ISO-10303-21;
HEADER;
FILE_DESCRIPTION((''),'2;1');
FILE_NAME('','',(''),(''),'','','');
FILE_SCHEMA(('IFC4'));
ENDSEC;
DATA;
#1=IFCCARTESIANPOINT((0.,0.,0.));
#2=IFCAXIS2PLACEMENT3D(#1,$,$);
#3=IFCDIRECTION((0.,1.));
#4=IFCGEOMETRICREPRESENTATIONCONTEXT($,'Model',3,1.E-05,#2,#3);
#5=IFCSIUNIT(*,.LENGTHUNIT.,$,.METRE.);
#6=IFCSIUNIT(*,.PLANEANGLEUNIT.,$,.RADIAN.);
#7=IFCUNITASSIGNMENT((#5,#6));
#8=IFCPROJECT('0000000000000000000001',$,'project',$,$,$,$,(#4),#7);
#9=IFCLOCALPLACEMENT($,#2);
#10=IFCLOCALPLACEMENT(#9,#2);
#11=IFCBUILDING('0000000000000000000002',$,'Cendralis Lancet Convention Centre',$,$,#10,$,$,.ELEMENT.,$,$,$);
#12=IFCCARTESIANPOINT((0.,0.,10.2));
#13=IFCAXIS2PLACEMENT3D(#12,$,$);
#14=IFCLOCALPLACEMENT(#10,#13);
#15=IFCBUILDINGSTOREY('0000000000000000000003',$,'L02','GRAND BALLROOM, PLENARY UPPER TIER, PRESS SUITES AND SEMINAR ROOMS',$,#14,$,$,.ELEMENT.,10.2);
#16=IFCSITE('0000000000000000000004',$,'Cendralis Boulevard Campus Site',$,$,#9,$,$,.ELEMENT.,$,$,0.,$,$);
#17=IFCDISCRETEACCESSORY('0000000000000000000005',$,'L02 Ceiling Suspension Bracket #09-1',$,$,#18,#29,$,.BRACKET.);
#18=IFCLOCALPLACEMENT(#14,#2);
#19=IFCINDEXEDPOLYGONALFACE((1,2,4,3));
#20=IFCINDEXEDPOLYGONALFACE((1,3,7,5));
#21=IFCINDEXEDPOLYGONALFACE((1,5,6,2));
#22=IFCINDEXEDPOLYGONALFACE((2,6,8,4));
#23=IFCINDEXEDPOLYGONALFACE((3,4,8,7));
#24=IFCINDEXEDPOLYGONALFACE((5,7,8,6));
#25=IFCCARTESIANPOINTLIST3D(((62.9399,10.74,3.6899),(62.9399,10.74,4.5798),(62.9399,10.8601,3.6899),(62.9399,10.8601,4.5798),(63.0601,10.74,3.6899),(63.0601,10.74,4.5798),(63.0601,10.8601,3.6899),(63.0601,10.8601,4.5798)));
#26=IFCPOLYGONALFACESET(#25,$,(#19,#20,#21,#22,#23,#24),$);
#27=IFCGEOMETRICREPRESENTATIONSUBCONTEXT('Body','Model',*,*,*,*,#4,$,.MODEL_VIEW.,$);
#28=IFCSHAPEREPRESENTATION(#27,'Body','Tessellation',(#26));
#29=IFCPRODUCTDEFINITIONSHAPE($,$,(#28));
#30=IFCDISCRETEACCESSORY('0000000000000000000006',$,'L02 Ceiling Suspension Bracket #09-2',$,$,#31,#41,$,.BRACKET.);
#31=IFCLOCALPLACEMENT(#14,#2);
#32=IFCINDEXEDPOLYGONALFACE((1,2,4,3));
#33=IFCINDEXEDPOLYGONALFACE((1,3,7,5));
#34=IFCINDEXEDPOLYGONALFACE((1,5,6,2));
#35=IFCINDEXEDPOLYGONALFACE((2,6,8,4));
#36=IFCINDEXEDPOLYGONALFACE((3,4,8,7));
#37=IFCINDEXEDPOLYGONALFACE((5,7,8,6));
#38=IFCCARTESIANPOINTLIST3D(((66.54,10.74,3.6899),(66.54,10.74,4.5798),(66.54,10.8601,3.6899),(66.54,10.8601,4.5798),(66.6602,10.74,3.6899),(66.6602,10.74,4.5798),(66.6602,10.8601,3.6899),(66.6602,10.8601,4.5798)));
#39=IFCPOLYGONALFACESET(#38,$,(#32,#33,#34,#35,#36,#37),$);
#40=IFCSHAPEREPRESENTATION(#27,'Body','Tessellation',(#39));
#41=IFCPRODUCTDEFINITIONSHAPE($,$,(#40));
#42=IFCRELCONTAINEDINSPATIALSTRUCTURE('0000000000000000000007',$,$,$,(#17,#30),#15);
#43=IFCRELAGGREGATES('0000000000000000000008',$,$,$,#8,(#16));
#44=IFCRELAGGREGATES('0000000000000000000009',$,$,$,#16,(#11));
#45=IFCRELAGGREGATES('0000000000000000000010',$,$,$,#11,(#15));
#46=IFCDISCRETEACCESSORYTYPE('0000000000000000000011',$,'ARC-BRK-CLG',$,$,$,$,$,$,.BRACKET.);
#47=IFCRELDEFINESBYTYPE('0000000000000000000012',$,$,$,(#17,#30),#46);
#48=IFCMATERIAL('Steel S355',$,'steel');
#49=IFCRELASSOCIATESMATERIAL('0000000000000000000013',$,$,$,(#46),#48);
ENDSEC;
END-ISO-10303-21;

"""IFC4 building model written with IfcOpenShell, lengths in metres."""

from ifc_helpers import new_model, si_unit, direction, frame, origin, origin_2d, place, context, subcontext, project, spatial, rectangle, extrude, material, type_object, element, save


model = new_model("IFC4")

# Units and contexts
model_context = context("Model", 3, precision=1e-05, world=origin(), true_north=direction((0.0, 1.0)))
body_context = subcontext(model_context, "Body", "Model", "MODEL_VIEW")
ifc_project = project(units=[si_unit("LENGTHUNIT", "METRE"), si_unit("PLANEANGLEUNIT", "RADIAN")], contexts=[model_context])

# Site, building, storey
site_placement = place(None, origin())
site = spatial("IfcSite", under=ifc_project, at=site_placement, Name="Cendralis Boulevard Campus Site", CompositionType="ELEMENT", RefElevation=0.0)
building_placement = place(site_placement, origin())
building = spatial("IfcBuilding", under=site, at=building_placement, Name="Cendralis Lancet Convention Centre", CompositionType="ELEMENT")
storey_placement = place(building_placement, frame((0.0, 0.0, 10.2)))
storey = spatial("IfcBuildingStorey", under=building, at=storey_placement, Name="L02", Description="GRAND BALLROOM, PLENARY UPPER TIER, PRESS SUITES AND SEMINAR ROOMS", CompositionType="ELEMENT", Elevation=10.2)

# Shared definitions
ifc_material_1 = material(Name="Steel S355", Category="steel")

# Discrete accessories
discrete_accessory_type = type_object("IfcDiscreteAccessoryType", Name="ARC-BRK-CLG", PredefinedType="BRACKET", material=ifc_material_1)
for number, where, z_axis, x_axis, name in (
    (1, (63.0, 10.8, 3.6899), (0.0, 0.0, 1.0), (1.0, 0.0, 0.0), "L02 Ceiling Suspension Bracket #09-1"),
    (2, (66.6001, 10.8, 3.6899), (0.0, 0.0, 1.0), (1.0, 0.0, 0.0), "L02 Ceiling Suspension Bracket #09-2"),
):
    element("IfcDiscreteAccessory", number, at=place(storey_placement, frame(where, z_axis=z_axis, x_axis=x_axis)), inside=storey, type_object=discrete_accessory_type, Name=name, PredefinedType="BRACKET", context=body_context, shape_type="SweptSolid", body=[
        extrude(rectangle(XDim=0.1201, YDim=0.1201, at=origin_2d()), origin(), (0.0, 0.0, 1.0), 0.8899),
    ])

save(model, "model.ifc")
